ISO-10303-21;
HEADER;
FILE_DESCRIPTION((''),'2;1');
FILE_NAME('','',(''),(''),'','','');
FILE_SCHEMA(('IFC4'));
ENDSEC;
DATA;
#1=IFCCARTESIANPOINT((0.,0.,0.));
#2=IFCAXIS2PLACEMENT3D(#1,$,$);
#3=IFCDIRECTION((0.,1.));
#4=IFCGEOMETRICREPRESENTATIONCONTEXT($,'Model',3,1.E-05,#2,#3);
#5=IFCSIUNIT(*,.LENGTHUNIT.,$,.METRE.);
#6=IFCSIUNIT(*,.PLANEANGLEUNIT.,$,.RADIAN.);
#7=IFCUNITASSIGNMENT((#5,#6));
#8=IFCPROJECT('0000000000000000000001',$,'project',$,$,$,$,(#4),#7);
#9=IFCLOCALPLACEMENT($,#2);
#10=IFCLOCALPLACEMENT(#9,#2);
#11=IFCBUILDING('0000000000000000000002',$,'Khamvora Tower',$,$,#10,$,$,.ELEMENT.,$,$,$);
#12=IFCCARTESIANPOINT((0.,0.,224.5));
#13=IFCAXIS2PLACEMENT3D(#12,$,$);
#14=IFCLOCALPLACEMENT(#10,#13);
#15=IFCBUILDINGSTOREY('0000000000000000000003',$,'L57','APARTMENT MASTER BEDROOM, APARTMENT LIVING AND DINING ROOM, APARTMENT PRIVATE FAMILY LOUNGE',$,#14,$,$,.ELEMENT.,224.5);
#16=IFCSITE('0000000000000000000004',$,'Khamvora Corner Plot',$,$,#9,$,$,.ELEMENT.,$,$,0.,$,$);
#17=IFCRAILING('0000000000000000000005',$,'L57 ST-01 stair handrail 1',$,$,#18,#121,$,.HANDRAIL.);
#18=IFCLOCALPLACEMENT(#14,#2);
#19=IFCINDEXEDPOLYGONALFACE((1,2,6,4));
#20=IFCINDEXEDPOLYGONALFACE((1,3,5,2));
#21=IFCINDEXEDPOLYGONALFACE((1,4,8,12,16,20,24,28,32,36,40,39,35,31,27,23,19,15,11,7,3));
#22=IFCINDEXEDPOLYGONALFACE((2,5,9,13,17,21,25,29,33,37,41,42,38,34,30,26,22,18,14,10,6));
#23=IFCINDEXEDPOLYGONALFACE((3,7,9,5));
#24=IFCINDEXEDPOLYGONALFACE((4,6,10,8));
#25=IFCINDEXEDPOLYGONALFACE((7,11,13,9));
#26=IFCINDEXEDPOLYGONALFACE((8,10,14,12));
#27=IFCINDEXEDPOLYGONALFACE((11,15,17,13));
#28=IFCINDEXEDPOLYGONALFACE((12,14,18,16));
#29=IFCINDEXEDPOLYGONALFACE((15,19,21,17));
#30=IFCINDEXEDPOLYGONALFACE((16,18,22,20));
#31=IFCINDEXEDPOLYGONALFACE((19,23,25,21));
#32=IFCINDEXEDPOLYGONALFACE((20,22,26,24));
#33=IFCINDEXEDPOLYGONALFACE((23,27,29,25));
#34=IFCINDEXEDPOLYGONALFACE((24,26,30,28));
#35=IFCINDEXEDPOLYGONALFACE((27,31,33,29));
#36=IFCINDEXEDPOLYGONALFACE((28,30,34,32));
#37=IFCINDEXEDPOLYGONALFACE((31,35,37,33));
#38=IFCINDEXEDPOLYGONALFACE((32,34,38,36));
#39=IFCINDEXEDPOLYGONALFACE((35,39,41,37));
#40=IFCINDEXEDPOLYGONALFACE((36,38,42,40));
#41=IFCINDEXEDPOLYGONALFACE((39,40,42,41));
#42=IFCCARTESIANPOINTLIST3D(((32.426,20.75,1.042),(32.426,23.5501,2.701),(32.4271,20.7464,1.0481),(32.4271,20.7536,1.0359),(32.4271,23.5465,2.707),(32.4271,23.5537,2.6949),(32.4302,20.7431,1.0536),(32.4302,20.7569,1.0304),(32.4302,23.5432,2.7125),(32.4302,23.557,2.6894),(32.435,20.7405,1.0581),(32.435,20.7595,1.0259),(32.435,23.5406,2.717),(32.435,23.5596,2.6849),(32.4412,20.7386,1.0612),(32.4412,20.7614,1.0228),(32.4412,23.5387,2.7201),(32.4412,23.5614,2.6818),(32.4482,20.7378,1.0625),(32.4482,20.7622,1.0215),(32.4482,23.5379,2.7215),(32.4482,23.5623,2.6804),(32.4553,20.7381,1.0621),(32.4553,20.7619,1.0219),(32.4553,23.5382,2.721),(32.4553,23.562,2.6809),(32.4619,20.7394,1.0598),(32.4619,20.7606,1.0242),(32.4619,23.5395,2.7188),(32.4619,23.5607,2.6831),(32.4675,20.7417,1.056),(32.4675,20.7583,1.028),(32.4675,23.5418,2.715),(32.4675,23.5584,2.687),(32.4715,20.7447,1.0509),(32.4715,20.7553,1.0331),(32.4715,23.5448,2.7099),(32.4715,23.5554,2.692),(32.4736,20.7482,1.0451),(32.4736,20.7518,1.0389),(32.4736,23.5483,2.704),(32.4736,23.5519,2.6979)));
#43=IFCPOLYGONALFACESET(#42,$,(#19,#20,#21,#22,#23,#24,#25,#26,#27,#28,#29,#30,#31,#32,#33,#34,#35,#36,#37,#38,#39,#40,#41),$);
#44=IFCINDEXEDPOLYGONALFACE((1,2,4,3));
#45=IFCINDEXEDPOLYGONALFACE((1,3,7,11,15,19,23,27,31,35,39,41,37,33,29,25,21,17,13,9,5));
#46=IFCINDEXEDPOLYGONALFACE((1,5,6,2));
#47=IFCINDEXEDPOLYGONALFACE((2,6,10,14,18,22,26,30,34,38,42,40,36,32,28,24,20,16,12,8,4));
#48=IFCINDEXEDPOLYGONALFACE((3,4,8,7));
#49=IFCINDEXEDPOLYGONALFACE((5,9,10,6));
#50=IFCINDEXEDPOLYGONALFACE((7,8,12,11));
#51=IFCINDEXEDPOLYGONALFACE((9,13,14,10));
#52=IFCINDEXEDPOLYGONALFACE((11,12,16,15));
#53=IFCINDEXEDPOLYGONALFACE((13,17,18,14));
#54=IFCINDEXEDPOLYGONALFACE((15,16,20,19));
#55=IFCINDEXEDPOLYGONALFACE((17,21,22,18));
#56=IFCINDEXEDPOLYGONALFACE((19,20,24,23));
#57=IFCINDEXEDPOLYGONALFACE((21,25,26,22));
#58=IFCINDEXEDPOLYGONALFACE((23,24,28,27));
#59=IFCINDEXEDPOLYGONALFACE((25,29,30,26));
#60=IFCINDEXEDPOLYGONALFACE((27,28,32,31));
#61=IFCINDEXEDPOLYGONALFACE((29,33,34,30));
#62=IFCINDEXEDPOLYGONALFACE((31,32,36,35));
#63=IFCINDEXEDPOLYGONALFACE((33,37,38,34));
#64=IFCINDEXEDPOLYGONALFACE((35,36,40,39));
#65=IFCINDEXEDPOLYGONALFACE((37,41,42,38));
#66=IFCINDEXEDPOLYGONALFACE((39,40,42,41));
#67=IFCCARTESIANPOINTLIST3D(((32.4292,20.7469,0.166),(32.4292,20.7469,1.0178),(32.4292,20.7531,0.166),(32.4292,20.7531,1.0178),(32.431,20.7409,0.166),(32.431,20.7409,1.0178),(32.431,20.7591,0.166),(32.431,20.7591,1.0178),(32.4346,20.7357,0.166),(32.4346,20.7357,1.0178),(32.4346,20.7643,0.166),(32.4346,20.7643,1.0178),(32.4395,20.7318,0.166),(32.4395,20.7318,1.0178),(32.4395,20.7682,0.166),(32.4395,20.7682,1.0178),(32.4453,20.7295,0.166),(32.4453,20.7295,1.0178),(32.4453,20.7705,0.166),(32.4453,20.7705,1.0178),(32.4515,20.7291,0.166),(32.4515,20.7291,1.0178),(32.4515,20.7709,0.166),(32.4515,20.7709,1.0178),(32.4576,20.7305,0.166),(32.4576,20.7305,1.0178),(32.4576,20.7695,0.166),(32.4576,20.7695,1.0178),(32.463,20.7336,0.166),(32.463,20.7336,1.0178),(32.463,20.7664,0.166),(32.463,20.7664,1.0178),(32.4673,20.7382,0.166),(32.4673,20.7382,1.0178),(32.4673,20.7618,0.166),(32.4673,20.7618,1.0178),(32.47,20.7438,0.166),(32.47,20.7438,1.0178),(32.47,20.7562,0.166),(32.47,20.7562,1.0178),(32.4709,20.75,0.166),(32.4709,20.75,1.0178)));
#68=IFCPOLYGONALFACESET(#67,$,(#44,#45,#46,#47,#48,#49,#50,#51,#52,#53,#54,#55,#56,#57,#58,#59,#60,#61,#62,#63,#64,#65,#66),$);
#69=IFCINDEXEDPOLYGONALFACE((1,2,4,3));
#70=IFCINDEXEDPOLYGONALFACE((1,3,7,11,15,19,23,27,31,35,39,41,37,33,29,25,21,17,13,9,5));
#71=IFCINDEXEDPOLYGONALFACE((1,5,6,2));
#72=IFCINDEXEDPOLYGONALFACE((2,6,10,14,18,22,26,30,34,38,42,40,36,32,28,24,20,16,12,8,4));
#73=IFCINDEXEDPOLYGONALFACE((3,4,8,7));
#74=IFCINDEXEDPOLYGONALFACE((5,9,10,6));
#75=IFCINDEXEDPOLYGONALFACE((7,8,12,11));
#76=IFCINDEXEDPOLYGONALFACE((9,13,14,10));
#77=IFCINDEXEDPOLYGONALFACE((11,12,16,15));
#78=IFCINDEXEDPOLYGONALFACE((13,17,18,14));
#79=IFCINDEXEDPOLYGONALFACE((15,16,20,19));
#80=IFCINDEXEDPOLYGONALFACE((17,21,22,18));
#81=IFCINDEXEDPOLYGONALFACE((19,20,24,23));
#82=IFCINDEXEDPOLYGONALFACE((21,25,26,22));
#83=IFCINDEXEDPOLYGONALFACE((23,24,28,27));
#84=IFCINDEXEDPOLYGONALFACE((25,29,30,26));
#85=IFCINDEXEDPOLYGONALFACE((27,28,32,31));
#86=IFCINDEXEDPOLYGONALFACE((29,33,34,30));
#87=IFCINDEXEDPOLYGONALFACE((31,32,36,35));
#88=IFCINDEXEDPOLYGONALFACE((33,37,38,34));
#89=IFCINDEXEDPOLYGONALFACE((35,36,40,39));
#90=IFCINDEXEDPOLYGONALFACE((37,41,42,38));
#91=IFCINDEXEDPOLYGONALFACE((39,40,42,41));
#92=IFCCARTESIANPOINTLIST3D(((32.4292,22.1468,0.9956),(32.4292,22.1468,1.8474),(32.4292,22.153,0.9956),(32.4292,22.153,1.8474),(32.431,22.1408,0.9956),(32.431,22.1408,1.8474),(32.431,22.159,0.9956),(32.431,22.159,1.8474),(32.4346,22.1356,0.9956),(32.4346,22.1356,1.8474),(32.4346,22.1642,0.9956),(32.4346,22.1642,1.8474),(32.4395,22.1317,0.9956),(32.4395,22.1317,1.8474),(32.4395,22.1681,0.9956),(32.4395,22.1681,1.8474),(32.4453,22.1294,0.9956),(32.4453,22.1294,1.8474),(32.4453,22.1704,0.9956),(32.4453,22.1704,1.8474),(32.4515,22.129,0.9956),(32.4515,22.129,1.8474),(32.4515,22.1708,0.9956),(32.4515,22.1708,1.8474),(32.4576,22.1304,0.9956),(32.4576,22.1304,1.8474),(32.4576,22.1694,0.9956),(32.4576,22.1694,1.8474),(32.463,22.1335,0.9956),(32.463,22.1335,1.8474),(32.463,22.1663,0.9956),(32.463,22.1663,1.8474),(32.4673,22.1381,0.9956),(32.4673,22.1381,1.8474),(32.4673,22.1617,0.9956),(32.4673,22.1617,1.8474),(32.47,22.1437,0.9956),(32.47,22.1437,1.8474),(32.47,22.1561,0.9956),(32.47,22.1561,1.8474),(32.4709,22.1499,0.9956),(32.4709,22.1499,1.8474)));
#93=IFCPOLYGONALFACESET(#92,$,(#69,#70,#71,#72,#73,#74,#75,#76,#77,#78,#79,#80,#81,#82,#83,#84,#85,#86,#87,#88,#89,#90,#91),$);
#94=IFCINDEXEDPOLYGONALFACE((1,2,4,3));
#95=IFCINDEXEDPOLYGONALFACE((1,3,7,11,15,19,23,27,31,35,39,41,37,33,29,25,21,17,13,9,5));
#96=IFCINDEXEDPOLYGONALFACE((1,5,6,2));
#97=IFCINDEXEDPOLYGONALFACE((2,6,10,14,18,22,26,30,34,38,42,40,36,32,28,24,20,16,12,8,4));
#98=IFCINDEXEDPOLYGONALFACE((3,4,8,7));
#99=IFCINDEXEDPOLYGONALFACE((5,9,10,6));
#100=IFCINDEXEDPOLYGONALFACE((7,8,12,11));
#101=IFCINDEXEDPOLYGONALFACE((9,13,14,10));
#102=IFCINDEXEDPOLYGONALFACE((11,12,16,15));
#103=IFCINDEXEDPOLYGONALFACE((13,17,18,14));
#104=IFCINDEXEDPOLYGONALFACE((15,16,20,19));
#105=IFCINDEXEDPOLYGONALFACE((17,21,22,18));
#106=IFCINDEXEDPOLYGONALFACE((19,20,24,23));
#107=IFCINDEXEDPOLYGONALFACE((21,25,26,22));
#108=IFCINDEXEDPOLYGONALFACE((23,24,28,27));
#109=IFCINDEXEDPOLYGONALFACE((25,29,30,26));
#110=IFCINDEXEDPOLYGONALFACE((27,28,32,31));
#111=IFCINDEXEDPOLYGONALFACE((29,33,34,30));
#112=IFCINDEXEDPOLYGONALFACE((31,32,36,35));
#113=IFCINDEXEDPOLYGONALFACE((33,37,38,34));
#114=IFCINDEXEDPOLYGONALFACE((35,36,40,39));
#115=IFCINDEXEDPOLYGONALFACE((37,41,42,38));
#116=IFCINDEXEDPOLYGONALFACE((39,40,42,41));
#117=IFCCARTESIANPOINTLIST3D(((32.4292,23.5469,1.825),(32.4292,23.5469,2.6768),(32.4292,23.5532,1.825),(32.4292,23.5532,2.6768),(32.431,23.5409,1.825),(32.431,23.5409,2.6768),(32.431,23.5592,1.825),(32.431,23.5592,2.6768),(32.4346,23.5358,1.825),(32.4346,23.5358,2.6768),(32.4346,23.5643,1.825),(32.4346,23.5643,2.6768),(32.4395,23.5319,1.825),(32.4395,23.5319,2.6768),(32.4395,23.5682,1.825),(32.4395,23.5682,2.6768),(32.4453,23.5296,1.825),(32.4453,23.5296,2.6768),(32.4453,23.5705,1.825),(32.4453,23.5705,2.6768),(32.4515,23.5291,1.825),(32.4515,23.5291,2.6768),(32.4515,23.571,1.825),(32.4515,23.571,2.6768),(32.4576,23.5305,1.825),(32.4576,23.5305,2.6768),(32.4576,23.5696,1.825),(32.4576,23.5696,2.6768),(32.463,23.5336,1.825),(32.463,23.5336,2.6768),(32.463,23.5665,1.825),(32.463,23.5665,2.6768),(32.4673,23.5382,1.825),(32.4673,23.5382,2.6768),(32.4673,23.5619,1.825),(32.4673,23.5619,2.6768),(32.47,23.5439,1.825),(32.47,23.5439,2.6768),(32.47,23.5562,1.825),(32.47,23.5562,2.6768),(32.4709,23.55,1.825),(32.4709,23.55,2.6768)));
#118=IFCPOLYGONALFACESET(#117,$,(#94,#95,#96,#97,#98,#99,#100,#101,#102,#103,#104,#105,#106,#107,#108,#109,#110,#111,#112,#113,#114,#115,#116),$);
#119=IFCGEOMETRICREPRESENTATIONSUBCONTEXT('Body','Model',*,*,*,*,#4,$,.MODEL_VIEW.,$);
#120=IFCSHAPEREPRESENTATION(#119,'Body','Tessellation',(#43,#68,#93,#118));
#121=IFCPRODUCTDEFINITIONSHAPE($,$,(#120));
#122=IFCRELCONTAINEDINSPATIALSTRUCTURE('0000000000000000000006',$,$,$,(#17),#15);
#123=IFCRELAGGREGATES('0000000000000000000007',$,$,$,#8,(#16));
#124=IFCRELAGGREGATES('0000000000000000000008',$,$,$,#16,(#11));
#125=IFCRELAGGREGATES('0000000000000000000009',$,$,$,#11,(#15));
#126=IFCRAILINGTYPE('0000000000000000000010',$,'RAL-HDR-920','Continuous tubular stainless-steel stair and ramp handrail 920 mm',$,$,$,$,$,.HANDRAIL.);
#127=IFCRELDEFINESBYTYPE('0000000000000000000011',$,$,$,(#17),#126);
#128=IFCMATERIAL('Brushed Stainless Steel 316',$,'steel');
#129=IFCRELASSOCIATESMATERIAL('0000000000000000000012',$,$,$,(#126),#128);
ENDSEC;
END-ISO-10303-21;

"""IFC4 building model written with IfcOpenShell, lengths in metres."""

from ifc_helpers import new_model, si_unit, direction, frame, origin, origin_2d, place, context, subcontext, project, spatial, circle, extrude, material, type_object, element, save


model = new_model("IFC4")

# Units and contexts
model_context = context("Model", 3, precision=1e-05, world=origin(), true_north=direction((0.0, 1.0)))
body_context = subcontext(model_context, "Body", "Model", "MODEL_VIEW")
ifc_project = project(units=[si_unit("LENGTHUNIT", "METRE"), si_unit("PLANEANGLEUNIT", "RADIAN")], contexts=[model_context])

# Site, building, storey
site_placement = place(None, origin())
site = spatial("IfcSite", under=ifc_project, at=site_placement, Name="Khamvora Corner Plot", CompositionType="ELEMENT", RefElevation=0.0)
building_placement = place(site_placement, origin())
building = spatial("IfcBuilding", under=site, at=building_placement, Name="Khamvora Tower", CompositionType="ELEMENT")
storey_placement = place(building_placement, frame((0.0, 0.0, 224.5)))
storey = spatial("IfcBuildingStorey", under=building, at=storey_placement, Name="L57", Description="APARTMENT MASTER BEDROOM, APARTMENT LIVING AND DINING ROOM, APARTMENT PRIVATE FAMILY LOUNGE", CompositionType="ELEMENT", Elevation=224.5)

# Railing
ifc_material_1 = material(Name="Brushed Stainless Steel 316", Category="steel")
railing_type_1 = type_object("IfcRailingType", Name="RAL-HDR-920", Description="Continuous tubular stainless-steel stair and ramp handrail 920 mm", PredefinedType="HANDRAIL", material=ifc_material_1)
railing_1_placement = place(storey_placement, frame((32.45, 20.75, 0.166)))
element("IfcRailing", 1, at=railing_1_placement, inside=storey, type_object=railing_type_1, Name="L57 ST-01 stair handrail 1", PredefinedType="HANDRAIL", context=body_context, shape_type="SweptSolid", body=[
    extrude(circle(Radius=0.0239, at=origin_2d()), frame((0.0, 0.0, 0.876), z_axis=(0.0, 0.860339, 0.509722), x_axis=(-1.0, 0.0, 0.0)), (0.0, 0.0, 1.0), 3.2546),
    extrude(circle(Radius=0.021, at=origin_2d()), origin(), (0.0, 0.0, 1.0), 0.8518),
    extrude(circle(Radius=0.021, at=origin_2d()), frame((0.0, 1.3999, 0.8296)), (0.0, 0.0, 1.0), 0.8518),
    extrude(circle(Radius=0.021, at=origin_2d()), frame((0.0, 2.8, 1.6589)), (0.0, 0.0, 1.0), 0.8518),
])

save(model, "model.ifc")
